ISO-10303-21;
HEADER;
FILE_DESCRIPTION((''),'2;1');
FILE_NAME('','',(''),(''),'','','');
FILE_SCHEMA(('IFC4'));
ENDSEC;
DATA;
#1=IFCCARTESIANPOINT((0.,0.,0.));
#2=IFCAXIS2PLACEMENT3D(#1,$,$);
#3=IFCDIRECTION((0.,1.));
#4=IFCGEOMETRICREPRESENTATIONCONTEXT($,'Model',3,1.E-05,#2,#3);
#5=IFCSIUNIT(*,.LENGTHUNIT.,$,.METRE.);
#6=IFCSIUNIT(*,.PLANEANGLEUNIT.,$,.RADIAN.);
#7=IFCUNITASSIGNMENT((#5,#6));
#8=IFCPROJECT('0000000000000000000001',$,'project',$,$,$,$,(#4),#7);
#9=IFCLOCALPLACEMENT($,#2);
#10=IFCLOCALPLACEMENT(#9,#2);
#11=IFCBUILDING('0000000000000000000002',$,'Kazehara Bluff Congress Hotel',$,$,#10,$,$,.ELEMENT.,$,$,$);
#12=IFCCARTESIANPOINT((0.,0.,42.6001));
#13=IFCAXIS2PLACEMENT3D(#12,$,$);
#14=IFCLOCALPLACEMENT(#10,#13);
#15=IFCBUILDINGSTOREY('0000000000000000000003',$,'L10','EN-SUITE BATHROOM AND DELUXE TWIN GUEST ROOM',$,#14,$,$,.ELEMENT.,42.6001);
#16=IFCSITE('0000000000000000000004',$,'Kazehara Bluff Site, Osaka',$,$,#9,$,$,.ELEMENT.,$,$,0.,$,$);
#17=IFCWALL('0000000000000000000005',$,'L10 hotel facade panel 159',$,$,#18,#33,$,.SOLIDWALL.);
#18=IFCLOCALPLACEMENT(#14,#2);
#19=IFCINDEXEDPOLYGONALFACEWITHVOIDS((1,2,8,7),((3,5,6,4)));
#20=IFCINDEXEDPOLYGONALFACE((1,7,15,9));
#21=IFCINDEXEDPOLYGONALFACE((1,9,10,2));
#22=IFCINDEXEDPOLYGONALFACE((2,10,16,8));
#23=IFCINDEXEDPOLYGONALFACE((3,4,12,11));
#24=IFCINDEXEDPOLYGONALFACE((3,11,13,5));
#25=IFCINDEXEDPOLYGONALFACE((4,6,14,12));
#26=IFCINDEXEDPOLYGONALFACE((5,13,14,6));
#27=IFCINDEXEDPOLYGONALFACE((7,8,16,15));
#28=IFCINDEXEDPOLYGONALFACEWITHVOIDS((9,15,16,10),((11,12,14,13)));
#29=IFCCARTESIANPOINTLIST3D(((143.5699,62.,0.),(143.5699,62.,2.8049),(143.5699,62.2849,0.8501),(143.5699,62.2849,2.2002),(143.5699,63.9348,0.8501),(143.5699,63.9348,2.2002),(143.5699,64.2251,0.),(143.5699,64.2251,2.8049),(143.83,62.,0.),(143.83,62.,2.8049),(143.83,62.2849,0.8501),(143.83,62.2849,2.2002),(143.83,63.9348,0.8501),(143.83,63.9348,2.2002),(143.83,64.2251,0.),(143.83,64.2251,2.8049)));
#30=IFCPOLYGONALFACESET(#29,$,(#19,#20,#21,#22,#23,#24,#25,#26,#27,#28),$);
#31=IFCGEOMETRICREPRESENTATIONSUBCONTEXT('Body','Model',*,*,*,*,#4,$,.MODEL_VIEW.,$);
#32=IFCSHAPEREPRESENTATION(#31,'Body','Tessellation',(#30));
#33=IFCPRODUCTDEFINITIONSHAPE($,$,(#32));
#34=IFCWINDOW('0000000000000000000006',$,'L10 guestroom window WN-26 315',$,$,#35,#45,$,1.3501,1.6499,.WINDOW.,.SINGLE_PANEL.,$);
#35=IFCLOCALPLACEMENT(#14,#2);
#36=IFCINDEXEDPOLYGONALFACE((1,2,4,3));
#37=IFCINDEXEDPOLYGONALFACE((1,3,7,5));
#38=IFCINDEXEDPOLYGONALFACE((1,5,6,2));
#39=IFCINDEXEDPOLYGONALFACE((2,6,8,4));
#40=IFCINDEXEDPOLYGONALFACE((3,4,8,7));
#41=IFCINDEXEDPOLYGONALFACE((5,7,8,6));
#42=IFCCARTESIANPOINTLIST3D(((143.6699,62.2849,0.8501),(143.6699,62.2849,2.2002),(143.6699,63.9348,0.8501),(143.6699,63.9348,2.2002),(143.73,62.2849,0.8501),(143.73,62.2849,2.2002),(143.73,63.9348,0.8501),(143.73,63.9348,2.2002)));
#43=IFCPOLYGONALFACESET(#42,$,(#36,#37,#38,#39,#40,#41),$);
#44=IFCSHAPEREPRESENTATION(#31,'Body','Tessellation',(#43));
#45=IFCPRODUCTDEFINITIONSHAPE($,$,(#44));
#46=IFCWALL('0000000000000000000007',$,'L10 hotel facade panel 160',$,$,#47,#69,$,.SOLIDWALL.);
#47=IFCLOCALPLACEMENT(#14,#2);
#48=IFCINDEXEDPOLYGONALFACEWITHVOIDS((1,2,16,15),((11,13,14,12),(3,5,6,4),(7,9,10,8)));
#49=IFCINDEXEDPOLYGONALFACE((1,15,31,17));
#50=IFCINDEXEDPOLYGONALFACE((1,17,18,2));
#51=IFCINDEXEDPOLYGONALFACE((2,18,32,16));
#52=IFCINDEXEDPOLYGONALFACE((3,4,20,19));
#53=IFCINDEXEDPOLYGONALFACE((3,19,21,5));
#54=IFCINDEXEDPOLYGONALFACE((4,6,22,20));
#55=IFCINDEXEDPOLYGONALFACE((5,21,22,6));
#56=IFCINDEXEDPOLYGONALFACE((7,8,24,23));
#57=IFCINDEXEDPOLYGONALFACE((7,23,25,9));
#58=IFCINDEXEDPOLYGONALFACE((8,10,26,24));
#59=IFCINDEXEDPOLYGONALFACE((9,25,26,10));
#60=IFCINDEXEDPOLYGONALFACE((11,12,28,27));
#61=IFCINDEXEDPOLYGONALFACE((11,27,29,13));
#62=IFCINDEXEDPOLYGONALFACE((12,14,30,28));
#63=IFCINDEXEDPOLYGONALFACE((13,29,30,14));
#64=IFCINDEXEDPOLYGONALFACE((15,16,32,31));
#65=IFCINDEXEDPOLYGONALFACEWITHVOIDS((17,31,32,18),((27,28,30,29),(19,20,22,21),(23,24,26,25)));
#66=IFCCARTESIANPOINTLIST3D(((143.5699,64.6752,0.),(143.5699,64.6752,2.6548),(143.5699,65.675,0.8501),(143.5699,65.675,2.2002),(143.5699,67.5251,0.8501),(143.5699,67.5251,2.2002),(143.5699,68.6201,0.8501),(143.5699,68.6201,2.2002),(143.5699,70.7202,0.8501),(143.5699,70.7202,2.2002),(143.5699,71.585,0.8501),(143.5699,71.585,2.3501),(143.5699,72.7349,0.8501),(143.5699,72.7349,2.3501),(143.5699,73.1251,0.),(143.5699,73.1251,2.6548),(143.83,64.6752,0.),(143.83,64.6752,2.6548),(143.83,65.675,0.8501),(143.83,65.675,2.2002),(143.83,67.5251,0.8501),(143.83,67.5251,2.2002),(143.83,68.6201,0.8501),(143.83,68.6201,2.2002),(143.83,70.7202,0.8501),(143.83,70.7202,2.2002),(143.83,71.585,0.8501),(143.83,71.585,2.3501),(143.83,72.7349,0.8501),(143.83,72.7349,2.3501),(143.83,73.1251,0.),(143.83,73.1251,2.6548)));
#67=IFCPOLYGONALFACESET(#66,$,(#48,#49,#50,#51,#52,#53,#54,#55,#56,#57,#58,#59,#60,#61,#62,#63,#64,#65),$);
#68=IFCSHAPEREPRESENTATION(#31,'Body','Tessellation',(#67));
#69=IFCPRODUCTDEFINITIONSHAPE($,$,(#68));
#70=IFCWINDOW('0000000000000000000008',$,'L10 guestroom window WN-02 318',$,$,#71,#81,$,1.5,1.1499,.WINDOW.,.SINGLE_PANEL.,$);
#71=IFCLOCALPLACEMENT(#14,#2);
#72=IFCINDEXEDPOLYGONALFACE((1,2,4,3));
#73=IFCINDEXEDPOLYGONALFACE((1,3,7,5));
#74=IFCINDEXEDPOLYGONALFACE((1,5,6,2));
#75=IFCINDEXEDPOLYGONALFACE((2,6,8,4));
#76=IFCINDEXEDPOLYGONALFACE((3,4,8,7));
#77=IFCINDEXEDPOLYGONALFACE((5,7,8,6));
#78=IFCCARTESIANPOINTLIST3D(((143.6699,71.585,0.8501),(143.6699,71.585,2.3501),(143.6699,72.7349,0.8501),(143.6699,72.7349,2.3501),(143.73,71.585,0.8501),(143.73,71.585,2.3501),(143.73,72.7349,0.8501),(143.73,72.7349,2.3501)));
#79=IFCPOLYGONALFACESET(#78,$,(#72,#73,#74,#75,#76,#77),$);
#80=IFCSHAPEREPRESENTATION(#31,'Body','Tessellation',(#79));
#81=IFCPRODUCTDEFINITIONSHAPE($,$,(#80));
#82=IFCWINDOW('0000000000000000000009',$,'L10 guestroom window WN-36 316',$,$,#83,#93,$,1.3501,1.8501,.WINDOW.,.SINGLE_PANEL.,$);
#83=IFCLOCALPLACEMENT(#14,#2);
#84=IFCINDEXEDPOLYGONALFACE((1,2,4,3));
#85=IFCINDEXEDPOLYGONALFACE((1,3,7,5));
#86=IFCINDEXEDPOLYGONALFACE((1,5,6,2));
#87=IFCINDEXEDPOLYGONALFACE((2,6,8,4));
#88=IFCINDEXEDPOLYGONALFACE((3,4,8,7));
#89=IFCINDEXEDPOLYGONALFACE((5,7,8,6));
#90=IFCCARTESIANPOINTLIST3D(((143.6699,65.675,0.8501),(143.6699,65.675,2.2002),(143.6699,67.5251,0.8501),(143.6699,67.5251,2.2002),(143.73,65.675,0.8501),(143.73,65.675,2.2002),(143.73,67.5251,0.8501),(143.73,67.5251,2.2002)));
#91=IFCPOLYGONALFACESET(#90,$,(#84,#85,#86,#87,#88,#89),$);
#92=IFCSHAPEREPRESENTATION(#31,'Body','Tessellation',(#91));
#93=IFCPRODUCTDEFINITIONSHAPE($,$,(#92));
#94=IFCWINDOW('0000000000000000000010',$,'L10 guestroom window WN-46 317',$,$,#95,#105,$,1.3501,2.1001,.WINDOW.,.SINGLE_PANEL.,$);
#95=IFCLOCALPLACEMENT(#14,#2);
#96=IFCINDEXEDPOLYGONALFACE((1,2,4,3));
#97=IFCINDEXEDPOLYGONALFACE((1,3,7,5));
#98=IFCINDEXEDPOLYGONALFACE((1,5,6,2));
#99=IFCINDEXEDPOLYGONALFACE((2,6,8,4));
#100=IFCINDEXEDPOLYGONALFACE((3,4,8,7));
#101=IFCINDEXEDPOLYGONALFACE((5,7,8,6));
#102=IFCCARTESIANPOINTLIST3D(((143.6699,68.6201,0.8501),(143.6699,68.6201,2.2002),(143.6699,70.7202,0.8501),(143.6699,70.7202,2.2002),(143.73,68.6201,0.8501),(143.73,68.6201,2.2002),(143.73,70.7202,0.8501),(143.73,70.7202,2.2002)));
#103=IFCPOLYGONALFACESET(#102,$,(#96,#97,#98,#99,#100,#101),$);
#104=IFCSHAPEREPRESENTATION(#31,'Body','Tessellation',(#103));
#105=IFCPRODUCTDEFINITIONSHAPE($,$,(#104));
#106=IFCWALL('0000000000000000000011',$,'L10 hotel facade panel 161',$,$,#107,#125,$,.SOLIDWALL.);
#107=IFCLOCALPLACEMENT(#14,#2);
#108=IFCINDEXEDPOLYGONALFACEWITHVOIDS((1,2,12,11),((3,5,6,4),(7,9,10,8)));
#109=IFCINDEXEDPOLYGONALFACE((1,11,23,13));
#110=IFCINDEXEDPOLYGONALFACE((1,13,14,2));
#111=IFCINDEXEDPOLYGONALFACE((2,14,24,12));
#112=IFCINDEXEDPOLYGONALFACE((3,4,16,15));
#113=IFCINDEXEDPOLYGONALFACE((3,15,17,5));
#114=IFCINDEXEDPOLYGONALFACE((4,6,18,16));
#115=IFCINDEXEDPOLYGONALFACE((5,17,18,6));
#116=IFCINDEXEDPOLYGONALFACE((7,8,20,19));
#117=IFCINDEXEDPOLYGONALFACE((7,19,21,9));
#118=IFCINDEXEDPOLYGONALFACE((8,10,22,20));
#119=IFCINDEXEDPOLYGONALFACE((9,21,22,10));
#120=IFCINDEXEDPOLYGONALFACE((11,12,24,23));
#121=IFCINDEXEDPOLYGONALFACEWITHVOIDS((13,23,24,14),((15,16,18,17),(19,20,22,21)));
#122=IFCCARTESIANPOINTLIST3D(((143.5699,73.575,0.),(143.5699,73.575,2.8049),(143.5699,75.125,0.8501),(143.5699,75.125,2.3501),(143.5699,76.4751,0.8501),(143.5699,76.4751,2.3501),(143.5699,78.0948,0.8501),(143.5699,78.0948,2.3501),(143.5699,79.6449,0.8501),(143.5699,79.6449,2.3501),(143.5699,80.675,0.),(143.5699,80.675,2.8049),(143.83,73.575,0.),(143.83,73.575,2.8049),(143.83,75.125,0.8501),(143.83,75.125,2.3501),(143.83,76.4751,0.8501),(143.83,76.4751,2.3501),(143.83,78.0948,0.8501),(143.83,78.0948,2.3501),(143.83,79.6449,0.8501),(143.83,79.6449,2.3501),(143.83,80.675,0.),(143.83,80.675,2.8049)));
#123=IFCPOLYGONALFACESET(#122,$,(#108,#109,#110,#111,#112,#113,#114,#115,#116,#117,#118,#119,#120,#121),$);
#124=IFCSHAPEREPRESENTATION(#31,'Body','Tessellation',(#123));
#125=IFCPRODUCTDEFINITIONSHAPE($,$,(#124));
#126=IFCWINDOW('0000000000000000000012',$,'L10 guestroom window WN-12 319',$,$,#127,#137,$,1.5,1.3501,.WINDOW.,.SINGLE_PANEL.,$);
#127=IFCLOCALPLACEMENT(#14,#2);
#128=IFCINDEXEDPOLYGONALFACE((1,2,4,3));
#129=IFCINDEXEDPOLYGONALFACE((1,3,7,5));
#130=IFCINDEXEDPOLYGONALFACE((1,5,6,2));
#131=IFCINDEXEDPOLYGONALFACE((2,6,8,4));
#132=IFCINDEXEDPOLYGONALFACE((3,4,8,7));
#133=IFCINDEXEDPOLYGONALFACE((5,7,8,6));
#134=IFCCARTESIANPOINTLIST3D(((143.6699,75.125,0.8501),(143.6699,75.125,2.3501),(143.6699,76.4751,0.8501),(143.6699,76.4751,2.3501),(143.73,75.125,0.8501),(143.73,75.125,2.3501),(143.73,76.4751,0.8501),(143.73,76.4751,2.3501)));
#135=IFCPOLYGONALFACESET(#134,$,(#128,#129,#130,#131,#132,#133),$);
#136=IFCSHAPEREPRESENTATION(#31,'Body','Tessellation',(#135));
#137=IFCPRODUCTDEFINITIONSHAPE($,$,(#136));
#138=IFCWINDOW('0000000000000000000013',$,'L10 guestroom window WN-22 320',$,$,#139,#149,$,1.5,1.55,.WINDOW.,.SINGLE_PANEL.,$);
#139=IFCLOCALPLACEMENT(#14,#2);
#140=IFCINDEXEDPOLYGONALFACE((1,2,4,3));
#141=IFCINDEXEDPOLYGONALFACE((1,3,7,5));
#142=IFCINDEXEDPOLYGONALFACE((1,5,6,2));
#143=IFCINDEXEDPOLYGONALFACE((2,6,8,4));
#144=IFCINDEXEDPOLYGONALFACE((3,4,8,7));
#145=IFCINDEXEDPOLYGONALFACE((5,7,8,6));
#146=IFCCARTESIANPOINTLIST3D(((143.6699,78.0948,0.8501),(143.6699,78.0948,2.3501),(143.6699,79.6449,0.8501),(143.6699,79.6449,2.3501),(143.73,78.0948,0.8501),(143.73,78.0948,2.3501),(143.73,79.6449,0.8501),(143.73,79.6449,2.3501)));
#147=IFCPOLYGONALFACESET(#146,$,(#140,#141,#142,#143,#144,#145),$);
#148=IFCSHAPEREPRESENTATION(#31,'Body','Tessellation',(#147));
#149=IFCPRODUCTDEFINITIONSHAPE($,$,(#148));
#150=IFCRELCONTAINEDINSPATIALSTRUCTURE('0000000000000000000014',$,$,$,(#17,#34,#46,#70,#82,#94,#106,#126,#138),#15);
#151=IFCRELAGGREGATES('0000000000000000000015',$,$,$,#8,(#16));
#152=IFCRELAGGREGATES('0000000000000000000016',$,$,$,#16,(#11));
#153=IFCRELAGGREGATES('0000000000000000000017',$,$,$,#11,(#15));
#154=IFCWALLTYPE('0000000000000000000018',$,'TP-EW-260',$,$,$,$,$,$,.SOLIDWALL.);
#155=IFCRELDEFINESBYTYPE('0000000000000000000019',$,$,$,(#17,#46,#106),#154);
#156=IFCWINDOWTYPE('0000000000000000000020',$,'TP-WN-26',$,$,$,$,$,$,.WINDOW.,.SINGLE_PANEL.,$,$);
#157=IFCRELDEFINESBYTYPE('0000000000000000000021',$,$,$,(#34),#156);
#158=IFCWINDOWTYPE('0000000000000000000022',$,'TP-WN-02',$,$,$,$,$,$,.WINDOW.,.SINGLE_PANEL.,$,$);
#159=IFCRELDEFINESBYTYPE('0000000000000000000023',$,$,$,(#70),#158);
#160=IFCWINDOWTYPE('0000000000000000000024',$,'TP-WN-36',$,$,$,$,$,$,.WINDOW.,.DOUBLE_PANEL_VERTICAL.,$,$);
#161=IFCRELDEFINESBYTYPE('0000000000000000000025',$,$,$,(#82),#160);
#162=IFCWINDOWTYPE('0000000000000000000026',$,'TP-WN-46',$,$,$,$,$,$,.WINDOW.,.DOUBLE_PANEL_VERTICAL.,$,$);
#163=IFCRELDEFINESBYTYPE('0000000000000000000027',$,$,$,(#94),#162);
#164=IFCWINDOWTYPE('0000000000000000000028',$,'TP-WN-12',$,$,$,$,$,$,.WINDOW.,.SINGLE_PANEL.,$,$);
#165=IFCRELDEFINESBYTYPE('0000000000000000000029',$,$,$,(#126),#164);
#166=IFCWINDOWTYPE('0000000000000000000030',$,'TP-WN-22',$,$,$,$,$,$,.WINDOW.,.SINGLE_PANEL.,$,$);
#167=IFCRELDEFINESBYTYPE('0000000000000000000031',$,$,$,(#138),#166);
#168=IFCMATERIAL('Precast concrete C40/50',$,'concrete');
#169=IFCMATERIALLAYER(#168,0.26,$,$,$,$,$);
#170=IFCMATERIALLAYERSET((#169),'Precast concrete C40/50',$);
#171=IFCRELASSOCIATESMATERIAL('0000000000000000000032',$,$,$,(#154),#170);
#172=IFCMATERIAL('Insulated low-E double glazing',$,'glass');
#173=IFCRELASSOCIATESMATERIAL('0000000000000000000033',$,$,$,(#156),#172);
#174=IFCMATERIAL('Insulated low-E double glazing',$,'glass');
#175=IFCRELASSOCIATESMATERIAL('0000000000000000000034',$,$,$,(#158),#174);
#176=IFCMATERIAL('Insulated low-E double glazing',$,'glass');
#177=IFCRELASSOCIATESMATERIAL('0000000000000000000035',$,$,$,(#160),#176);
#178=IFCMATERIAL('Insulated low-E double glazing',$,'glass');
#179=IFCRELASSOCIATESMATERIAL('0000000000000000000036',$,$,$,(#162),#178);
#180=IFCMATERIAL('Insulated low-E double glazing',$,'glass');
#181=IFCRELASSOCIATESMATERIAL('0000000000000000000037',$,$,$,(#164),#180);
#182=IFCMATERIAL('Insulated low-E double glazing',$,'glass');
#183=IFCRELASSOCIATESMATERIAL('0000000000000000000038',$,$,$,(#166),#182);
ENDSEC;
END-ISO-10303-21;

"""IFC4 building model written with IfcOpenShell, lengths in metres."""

from ifc_helpers import new_model, si_unit, direction, frame, frame_2d, origin, place, context, subcontext, project, spatial, rectangle, extrude, material, layer, layer_set, type_object, element, fill, save


model = new_model("IFC4")

# Units and contexts
model_context = context("Model", 3, precision=1e-05, world=origin(), true_north=direction((0.0, 1.0)))
body_context = subcontext(model_context, "Body", "Model", "MODEL_VIEW")
ifc_project = project(units=[si_unit("LENGTHUNIT", "METRE"), si_unit("PLANEANGLEUNIT", "RADIAN")], contexts=[model_context])

# Site, building, storey
site_placement = place(None, origin())
site = spatial("IfcSite", under=ifc_project, at=site_placement, Name="Kazehara Bluff Site, Osaka", CompositionType="ELEMENT", RefElevation=0.0)
building_placement = place(site_placement, origin())
building = spatial("IfcBuilding", under=site, at=building_placement, Name="Kazehara Bluff Congress Hotel", CompositionType="ELEMENT")
storey_placement = place(building_placement, frame((0.0, 0.0, 42.6001)))
storey = spatial("IfcBuildingStorey", under=building, at=storey_placement, Name="L10", Description="EN-SUITE BATHROOM AND DELUXE TWIN GUEST ROOM", CompositionType="ELEMENT", Elevation=42.6001)

# Shared definitions
ifc_material_1 = material(Name="Precast concrete C40/50", Category="concrete")
ifc_layer_1 = layer(ifc_material_1, 0.26)
ifc_layer_set_1 = layer_set([ifc_layer_1], Name="Precast concrete C40/50")
wall_type = type_object("IfcWallType", Name="TP-EW-260", PredefinedType="SOLIDWALL", material=ifc_layer_set_1)

# Wall, opening, window
wall_1_placement = place(storey_placement, frame((143.7, 62.0, 0.0), z_axis=(0.0, 0.0, 1.0), x_axis=(0.0, 1.0, 0.0)))
wall_1 = element("IfcWall", 1, at=wall_1_placement, inside=storey, type_object=wall_type, Name="L10 hotel facade panel 159", PredefinedType="SOLIDWALL", context=body_context, shape_type="SweptSolid", body=[
    extrude(rectangle(XDim=2.2251, YDim=0.26, at=frame_2d((1.1125, 0.0))), origin(), (0.0, 0.0, 1.0), 2.8049),
])
opening_1_placement = place(wall_1_placement, frame((0.2849, 0.0, 0.8501)))
opening_1 = element("IfcOpeningElement", 2, at=opening_1_placement, cuts=wall_1, PredefinedType="OPENING", context=body_context, shape_type="SweptSolid", body=[
    extrude(rectangle(XDim=1.6499, YDim=1.3501, at=frame_2d((0.825, 0.675))), frame((0.0, 0.1399, 0.0), z_axis=(0.0, -1.0, 0.0), x_axis=(1.0, 0.0, 0.0)), (0.0, 0.0, 1.0), 0.28),
])
ifc_material_2 = material(Name="Insulated low-E double glazing", Category="glass")
window_type_1 = type_object("IfcWindowType", Name="TP-WN-26", PartitioningType="SINGLE_PANEL", PredefinedType="WINDOW", material=ifc_material_2)
window_1_placement = place(opening_1_placement, origin())
window_1 = element("IfcWindow", 3, at=window_1_placement, inside=storey, type_object=window_type_1, Name="L10 guestroom window WN-26 315", OverallHeight=1.3501, OverallWidth=1.6499, PartitioningType="SINGLE_PANEL", PredefinedType="WINDOW", context=body_context, shape_type="SweptSolid", body=[
    extrude(rectangle(XDim=1.6499, YDim=1.3501, at=frame_2d((0.825, 0.675))), frame((0.0, 0.03, 0.0), z_axis=(0.0, -1.0, 0.0), x_axis=(1.0, 0.0, 0.0)), (0.0, 0.0, 1.0), 0.0601),
])
fill(opening_1, window_1)

# Walls, openings, windows
wall_2_placement = place(storey_placement, frame((143.7, 64.675, 0.0), z_axis=(0.0, 0.0, 1.0), x_axis=(0.0, 1.0, 0.0)))
wall_2 = element("IfcWall", 4, at=wall_2_placement, inside=storey, type_object=wall_type, Name="L10 hotel facade panel 160", PredefinedType="SOLIDWALL", context=body_context, shape_type="SweptSolid", body=[
    extrude(rectangle(XDim=8.45, YDim=0.26, at=frame_2d((4.2251, 0.0))), origin(), (0.0, 0.0, 1.0), 2.6548),
])
opening_2_placement = place(wall_2_placement, frame((1.0, 0.0, 0.8501)))
opening_2 = element("IfcOpeningElement", 5, at=opening_2_placement, cuts=wall_2, PredefinedType="OPENING", context=body_context, shape_type="SweptSolid", body=[
    extrude(rectangle(XDim=1.8501, YDim=1.3501, at=frame_2d((0.925, 0.675))), frame((0.0, 0.1399, 0.0), z_axis=(0.0, -1.0, 0.0), x_axis=(1.0, 0.0, 0.0)), (0.0, 0.0, 1.0), 0.28),
])
opening_3_placement = place(wall_2_placement, frame((3.9451, 0.0, 0.8501)))
opening_3 = element("IfcOpeningElement", 6, at=opening_3_placement, cuts=wall_2, PredefinedType="OPENING", context=body_context, shape_type="SweptSolid", body=[
    extrude(rectangle(XDim=2.1001, YDim=1.3501, at=frame_2d((1.05, 0.675))), frame((0.0, 0.1399, 0.0), z_axis=(0.0, -1.0, 0.0), x_axis=(1.0, 0.0, 0.0)), (0.0, 0.0, 1.0), 0.28),
])
opening_4_placement = place(wall_2_placement, frame((6.9099, 0.0, 0.8501)))
opening_4 = element("IfcOpeningElement", 7, at=opening_4_placement, cuts=wall_2, PredefinedType="OPENING", context=body_context, shape_type="SweptSolid", body=[
    extrude(rectangle(XDim=1.1499, YDim=1.5, at=frame_2d((0.575, 0.75))), frame((0.0, 0.1399, 0.0), z_axis=(0.0, -1.0, 0.0), x_axis=(1.0, 0.0, 0.0)), (0.0, 0.0, 1.0), 0.28),
])
ifc_material_3 = material(Name="Insulated low-E double glazing", Category="glass")
window_type_2 = type_object("IfcWindowType", Name="TP-WN-02", PartitioningType="SINGLE_PANEL", PredefinedType="WINDOW", material=ifc_material_3)
window_2_placement = place(opening_4_placement, origin())
window_2 = element("IfcWindow", 8, at=window_2_placement, inside=storey, type_object=window_type_2, Name="L10 guestroom window WN-02 318", OverallHeight=1.5, OverallWidth=1.1499, PartitioningType="SINGLE_PANEL", PredefinedType="WINDOW", context=body_context, shape_type="SweptSolid", body=[
    extrude(rectangle(XDim=1.1499, YDim=1.5, at=frame_2d((0.575, 0.75))), frame((0.0, 0.03, 0.0), z_axis=(0.0, -1.0, 0.0), x_axis=(1.0, 0.0, 0.0)), (0.0, 0.0, 1.0), 0.0601),
])
fill(opening_4, window_2)
ifc_material_4 = material(Name="Insulated low-E double glazing", Category="glass")
window_type_3 = type_object("IfcWindowType", Name="TP-WN-36", PartitioningType="DOUBLE_PANEL_VERTICAL", PredefinedType="WINDOW", material=ifc_material_4)
window_3_placement = place(opening_2_placement, origin())
window_3 = element("IfcWindow", 9, at=window_3_placement, inside=storey, type_object=window_type_3, Name="L10 guestroom window WN-36 316", OverallHeight=1.3501, OverallWidth=1.8501, PartitioningType="SINGLE_PANEL", PredefinedType="WINDOW", context=body_context, shape_type="SweptSolid", body=[
    extrude(rectangle(XDim=1.8501, YDim=1.3501, at=frame_2d((0.925, 0.675))), frame((0.0, 0.03, 0.0), z_axis=(0.0, -1.0, 0.0), x_axis=(1.0, 0.0, 0.0)), (0.0, 0.0, 1.0), 0.0601),
])
fill(opening_2, window_3)
ifc_material_5 = material(Name="Insulated low-E double glazing", Category="glass")
window_type_4 = type_object("IfcWindowType", Name="TP-WN-46", PartitioningType="DOUBLE_PANEL_VERTICAL", PredefinedType="WINDOW", material=ifc_material_5)
window_4_placement = place(opening_3_placement, origin())
window_4 = element("IfcWindow", 10, at=window_4_placement, inside=storey, type_object=window_type_4, Name="L10 guestroom window WN-46 317", OverallHeight=1.3501, OverallWidth=2.1001, PartitioningType="SINGLE_PANEL", PredefinedType="WINDOW", context=body_context, shape_type="SweptSolid", body=[
    extrude(rectangle(XDim=2.1001, YDim=1.3501, at=frame_2d((1.05, 0.675))), frame((0.0, 0.03, 0.0), z_axis=(0.0, -1.0, 0.0), x_axis=(1.0, 0.0, 0.0)), (0.0, 0.0, 1.0), 0.0601),
])
fill(opening_3, window_4)
wall_3_placement = place(storey_placement, frame((143.7, 73.575, 0.0), z_axis=(0.0, 0.0, 1.0), x_axis=(0.0, 1.0, 0.0)))
wall_3 = element("IfcWall", 11, at=wall_3_placement, inside=storey, type_object=wall_type, Name="L10 hotel facade panel 161", PredefinedType="SOLIDWALL", context=body_context, shape_type="SweptSolid", body=[
    extrude(rectangle(XDim=7.1001, YDim=0.26, at=frame_2d((3.55, 0.0))), origin(), (0.0, 0.0, 1.0), 2.8049),
])
opening_5_placement = place(wall_3_placement, frame((1.55, 0.0, 0.8501)))
opening_5 = element("IfcOpeningElement", 12, at=opening_5_placement, cuts=wall_3, PredefinedType="OPENING", context=body_context, shape_type="SweptSolid", body=[
    extrude(rectangle(XDim=1.3501, YDim=1.5, at=frame_2d((0.675, 0.75))), frame((0.0, 0.1399, 0.0), z_axis=(0.0, -1.0, 0.0), x_axis=(1.0, 0.0, 0.0)), (0.0, 0.0, 1.0), 0.28),
])
opening_6_placement = place(wall_3_placement, frame((4.52, 0.0, 0.8501)))
opening_6 = element("IfcOpeningElement", 13, at=opening_6_placement, cuts=wall_3, PredefinedType="OPENING", context=body_context, shape_type="SweptSolid", body=[
    extrude(rectangle(XDim=1.55, YDim=1.5, at=frame_2d((0.7749, 0.75))), frame((0.0, 0.1399, 0.0), z_axis=(0.0, -1.0, 0.0), x_axis=(1.0, 0.0, 0.0)), (0.0, 0.0, 1.0), 0.28),
])
ifc_material_6 = material(Name="Insulated low-E double glazing", Category="glass")
window_type_5 = type_object("IfcWindowType", Name="TP-WN-12", PartitioningType="SINGLE_PANEL", PredefinedType="WINDOW", material=ifc_material_6)
window_5_placement = place(opening_5_placement, origin())
window_5 = element("IfcWindow", 14, at=window_5_placement, inside=storey, type_object=window_type_5, Name="L10 guestroom window WN-12 319", OverallHeight=1.5, OverallWidth=1.3501, PartitioningType="SINGLE_PANEL", PredefinedType="WINDOW", context=body_context, shape_type="SweptSolid", body=[
    extrude(rectangle(XDim=1.3501, YDim=1.5, at=frame_2d((0.675, 0.75))), frame((0.0, 0.03, 0.0), z_axis=(0.0, -1.0, 0.0), x_axis=(1.0, 0.0, 0.0)), (0.0, 0.0, 1.0), 0.0601),
])
fill(opening_5, window_5)
ifc_material_7 = material(Name="Insulated low-E double glazing", Category="glass")
window_type_6 = type_object("IfcWindowType", Name="TP-WN-22", PartitioningType="SINGLE_PANEL", PredefinedType="WINDOW", material=ifc_material_7)
window_6_placement = place(opening_6_placement, origin())
window_6 = element("IfcWindow", 15, at=window_6_placement, inside=storey, type_object=window_type_6, Name="L10 guestroom window WN-22 320", OverallHeight=1.5, OverallWidth=1.55, PartitioningType="SINGLE_PANEL", PredefinedType="WINDOW", context=body_context, shape_type="SweptSolid", body=[
    extrude(rectangle(XDim=1.55, YDim=1.5, at=frame_2d((0.7749, 0.75))), frame((0.0, 0.03, 0.0), z_axis=(0.0, -1.0, 0.0), x_axis=(1.0, 0.0, 0.0)), (0.0, 0.0, 1.0), 0.0601),
])
fill(opening_6, window_6)

save(model, "model.ifc")
